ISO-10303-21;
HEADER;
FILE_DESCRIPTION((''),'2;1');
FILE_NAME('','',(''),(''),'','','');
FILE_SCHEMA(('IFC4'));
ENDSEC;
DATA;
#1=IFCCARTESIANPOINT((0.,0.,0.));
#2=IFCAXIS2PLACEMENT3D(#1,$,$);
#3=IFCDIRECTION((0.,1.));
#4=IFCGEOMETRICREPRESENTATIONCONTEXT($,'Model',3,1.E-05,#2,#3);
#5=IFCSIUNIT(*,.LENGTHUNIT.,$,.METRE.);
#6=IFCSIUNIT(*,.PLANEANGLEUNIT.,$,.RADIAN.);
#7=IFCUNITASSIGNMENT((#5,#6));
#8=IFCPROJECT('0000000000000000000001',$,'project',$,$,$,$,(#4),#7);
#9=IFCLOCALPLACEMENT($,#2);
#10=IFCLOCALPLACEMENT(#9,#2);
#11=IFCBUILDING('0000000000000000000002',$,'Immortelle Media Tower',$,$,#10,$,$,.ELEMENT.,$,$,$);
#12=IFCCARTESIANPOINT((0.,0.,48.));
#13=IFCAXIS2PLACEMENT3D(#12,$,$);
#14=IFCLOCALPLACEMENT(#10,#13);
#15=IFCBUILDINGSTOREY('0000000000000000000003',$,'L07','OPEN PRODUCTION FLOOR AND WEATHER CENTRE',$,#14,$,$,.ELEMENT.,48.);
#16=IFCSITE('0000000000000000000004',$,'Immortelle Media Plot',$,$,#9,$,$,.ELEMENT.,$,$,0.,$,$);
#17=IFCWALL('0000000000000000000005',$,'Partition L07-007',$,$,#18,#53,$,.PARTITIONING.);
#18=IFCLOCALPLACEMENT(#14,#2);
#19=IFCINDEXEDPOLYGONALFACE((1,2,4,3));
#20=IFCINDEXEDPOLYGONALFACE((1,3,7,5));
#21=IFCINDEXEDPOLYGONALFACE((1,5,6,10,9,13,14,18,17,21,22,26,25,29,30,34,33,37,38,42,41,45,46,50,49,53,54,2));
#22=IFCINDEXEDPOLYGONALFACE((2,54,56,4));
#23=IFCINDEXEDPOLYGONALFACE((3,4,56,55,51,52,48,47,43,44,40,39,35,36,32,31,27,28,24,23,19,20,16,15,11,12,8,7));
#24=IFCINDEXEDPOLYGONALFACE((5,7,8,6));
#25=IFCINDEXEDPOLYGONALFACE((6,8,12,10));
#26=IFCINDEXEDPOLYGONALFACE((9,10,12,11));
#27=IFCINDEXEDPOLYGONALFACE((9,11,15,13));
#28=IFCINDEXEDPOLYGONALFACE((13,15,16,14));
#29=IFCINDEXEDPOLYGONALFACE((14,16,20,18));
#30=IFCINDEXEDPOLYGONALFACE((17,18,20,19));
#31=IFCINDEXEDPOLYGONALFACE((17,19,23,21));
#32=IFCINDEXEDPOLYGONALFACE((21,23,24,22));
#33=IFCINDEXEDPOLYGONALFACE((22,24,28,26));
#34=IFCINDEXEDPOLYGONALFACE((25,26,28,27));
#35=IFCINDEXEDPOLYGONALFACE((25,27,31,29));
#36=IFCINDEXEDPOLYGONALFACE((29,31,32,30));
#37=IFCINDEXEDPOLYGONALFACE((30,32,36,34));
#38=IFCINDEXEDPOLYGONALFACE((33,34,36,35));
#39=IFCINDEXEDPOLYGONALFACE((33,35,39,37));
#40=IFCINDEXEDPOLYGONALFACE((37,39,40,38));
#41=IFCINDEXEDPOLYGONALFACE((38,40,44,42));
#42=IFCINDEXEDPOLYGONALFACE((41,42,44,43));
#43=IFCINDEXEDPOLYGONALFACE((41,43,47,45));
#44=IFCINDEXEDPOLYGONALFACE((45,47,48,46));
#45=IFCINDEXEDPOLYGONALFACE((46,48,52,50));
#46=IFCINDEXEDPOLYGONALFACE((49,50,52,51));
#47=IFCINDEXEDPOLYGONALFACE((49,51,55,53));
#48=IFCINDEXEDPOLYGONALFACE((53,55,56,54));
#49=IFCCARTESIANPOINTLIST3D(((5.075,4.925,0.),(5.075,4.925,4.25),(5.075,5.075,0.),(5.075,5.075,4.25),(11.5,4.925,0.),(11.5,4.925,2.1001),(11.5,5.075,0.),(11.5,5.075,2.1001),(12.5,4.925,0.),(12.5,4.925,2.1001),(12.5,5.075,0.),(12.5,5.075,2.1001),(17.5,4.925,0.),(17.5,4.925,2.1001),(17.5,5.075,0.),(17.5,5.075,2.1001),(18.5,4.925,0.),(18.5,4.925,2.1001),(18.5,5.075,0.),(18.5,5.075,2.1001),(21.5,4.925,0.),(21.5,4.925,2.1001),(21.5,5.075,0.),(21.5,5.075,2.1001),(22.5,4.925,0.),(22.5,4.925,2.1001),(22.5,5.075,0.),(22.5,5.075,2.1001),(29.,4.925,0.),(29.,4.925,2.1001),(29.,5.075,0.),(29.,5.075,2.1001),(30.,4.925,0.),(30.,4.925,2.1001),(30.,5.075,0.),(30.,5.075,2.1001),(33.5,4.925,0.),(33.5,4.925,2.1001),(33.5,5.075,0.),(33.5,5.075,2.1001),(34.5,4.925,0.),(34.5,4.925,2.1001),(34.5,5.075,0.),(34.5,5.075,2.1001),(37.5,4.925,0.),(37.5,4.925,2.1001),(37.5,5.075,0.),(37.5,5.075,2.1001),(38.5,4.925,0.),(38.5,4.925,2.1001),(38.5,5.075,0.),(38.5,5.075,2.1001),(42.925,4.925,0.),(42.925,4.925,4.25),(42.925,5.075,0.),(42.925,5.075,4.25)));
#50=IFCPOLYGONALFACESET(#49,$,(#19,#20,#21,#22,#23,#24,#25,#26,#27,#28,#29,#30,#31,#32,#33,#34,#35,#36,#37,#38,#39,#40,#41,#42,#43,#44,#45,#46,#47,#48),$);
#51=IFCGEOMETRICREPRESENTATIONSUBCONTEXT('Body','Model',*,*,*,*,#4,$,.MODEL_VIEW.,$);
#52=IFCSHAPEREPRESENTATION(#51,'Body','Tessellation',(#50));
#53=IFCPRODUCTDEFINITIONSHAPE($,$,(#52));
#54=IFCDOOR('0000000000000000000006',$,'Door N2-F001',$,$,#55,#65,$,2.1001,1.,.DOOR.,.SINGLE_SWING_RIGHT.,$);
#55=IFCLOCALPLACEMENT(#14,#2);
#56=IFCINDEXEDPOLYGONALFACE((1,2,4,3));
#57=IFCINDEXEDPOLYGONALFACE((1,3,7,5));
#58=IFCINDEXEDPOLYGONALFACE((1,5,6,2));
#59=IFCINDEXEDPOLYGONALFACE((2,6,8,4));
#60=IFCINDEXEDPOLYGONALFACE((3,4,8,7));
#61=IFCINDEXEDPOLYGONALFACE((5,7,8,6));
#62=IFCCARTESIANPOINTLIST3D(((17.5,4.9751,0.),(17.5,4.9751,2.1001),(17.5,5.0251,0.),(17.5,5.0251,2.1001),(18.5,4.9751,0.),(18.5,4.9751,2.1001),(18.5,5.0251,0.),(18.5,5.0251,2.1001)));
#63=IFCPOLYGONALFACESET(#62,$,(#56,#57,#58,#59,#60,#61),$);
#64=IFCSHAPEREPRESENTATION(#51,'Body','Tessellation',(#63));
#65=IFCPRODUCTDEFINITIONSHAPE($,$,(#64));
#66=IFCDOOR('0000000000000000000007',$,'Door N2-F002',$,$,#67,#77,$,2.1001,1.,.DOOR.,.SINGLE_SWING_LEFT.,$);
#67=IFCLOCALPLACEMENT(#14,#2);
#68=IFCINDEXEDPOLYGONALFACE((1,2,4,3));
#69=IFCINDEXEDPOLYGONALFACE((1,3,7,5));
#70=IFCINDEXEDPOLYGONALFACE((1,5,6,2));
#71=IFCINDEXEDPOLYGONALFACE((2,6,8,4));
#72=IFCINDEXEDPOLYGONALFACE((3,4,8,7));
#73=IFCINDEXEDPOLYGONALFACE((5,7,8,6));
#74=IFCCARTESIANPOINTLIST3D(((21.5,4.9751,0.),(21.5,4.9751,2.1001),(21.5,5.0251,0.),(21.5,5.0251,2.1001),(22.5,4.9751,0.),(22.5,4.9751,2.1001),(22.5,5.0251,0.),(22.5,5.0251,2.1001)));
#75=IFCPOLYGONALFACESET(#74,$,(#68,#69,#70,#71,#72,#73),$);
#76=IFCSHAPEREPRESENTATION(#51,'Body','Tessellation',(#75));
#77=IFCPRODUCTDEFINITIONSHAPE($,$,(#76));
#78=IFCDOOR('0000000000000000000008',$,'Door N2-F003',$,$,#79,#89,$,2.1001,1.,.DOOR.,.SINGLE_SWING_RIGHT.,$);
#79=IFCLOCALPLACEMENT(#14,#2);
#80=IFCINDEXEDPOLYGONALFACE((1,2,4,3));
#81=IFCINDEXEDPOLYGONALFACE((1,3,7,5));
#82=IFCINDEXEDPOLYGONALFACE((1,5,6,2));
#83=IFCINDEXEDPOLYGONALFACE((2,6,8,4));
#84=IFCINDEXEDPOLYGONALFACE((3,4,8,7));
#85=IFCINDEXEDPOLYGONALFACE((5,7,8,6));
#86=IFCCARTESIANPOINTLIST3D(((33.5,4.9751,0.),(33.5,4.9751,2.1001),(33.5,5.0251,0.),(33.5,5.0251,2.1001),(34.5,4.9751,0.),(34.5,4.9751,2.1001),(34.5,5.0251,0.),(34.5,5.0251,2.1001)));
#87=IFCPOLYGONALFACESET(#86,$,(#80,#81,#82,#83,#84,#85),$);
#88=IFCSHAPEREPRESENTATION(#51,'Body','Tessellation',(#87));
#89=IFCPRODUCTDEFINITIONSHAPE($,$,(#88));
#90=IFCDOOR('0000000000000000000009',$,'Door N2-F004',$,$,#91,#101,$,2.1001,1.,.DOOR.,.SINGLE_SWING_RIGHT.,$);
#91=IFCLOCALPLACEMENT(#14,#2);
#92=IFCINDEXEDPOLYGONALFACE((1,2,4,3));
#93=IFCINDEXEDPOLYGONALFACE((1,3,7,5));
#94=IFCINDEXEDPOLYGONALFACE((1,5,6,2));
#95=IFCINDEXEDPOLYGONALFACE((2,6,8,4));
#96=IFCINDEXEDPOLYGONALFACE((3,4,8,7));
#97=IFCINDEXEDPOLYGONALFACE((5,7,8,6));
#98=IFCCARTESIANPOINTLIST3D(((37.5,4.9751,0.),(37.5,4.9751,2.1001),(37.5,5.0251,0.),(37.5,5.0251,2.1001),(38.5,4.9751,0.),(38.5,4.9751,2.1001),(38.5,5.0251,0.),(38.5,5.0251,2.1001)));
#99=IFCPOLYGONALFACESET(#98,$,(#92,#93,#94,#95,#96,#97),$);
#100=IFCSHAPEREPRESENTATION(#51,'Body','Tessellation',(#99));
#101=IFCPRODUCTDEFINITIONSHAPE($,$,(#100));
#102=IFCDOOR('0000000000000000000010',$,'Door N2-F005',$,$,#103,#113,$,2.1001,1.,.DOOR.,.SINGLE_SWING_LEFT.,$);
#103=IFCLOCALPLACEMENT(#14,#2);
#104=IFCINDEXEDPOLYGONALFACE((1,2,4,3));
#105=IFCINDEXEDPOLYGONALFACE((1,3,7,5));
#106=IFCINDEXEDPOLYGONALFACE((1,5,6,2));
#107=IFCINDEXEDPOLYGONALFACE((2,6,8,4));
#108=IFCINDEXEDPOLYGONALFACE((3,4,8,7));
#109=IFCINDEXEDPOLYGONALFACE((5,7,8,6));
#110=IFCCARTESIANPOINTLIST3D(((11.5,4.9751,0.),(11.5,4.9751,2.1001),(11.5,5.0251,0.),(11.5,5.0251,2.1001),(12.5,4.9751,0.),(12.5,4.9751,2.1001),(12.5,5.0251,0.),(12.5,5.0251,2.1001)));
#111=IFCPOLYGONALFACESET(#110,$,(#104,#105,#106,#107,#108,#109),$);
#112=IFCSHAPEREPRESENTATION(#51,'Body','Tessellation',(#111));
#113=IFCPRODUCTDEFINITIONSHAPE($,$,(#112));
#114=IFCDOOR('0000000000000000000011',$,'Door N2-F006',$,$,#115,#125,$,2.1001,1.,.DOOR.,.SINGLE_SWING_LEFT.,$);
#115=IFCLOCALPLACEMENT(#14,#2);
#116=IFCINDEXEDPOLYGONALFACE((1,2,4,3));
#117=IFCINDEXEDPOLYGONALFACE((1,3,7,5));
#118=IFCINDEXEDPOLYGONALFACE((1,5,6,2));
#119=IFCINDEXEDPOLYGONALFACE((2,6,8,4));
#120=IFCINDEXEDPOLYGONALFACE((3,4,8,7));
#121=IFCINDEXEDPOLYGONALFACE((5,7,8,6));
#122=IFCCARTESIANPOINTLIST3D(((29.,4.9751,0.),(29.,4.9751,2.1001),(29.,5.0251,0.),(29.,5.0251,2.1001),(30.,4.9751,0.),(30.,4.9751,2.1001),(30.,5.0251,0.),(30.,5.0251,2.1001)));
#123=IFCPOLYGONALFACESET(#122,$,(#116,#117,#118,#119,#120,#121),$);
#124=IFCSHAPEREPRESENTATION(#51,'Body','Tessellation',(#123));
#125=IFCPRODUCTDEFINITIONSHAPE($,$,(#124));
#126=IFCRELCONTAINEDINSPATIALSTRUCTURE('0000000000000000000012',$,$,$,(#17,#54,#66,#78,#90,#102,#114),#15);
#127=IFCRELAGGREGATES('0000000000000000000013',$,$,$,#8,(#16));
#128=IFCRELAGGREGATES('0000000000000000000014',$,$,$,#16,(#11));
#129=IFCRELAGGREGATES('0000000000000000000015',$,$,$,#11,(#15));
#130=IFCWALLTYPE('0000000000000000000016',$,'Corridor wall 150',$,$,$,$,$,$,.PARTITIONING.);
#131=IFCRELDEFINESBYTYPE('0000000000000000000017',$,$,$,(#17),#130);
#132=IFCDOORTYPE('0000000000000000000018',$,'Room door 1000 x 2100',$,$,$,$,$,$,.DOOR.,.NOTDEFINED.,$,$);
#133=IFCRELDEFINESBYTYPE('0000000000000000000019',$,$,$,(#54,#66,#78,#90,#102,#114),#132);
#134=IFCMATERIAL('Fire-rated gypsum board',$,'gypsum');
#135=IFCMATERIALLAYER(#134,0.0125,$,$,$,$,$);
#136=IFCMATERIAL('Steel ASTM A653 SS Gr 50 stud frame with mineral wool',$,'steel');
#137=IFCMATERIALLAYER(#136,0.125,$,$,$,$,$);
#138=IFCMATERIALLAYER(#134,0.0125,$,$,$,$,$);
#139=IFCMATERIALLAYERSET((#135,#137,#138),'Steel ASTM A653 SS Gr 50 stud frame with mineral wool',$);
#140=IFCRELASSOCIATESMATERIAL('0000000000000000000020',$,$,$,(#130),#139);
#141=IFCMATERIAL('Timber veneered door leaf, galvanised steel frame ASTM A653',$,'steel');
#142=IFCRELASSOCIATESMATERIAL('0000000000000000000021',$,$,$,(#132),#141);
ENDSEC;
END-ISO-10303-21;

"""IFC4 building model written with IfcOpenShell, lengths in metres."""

from ifc_helpers import new_model, si_unit, direction, frame, frame_2d, origin, place, context, subcontext, project, spatial, rectangle, extrude, material, layer, layer_set, type_object, element, fill, save


model = new_model("IFC4")

# Units and contexts
model_context = context("Model", 3, precision=1e-05, world=origin(), true_north=direction((0.0, 1.0)))
body_context = subcontext(model_context, "Body", "Model", "MODEL_VIEW")
ifc_project = project(units=[si_unit("LENGTHUNIT", "METRE"), si_unit("PLANEANGLEUNIT", "RADIAN")], contexts=[model_context])

# Site, building, storey
site_placement = place(None, origin())
site = spatial("IfcSite", under=ifc_project, at=site_placement, Name="Immortelle Media Plot", CompositionType="ELEMENT", RefElevation=0.0)
building_placement = place(site_placement, origin())
building = spatial("IfcBuilding", under=site, at=building_placement, Name="Immortelle Media Tower", CompositionType="ELEMENT")
storey_placement = place(building_placement, frame((0.0, 0.0, 48.0)))
storey = spatial("IfcBuildingStorey", under=building, at=storey_placement, Name="L07", Description="OPEN PRODUCTION FLOOR AND WEATHER CENTRE", CompositionType="ELEMENT", Elevation=48.0)

# Wall, openings, doors
ifc_material_1 = material(Name="Fire-rated gypsum board", Category="gypsum")
ifc_layer_1 = layer(ifc_material_1, 0.0125)
ifc_material_2 = material(Name="Steel ASTM A653 SS Gr 50 stud frame with mineral wool", Category="steel")
ifc_layer_2 = layer(ifc_material_2, 0.125)
ifc_layer_3 = layer(ifc_material_1, 0.0125)
ifc_layer_set_1 = layer_set([ifc_layer_1, ifc_layer_2, ifc_layer_3], Name="Steel ASTM A653 SS Gr 50 stud frame with mineral wool")
wall_type_1 = type_object("IfcWallType", Name="Corridor wall 150", PredefinedType="PARTITIONING", material=ifc_layer_set_1)
wall_1_placement = place(storey_placement, frame((5.075, 5.0, 0.0), z_axis=(0.0, 0.0, 1.0), x_axis=(1.0, 0.0, 0.0)))
wall_1 = element("IfcWall", 1, at=wall_1_placement, inside=storey, type_object=wall_type_1, Name="Partition L07-007", PredefinedType="PARTITIONING", context=body_context, shape_type="SweptSolid", body=[
    extrude(rectangle(XDim=37.8501, YDim=0.1499, at=frame_2d((18.925, 0.0))), origin(), (0.0, 0.0, 1.0), 4.25),
])
opening_1_placement = place(wall_1_placement, frame((13.425, 0.0, 0.0), z_axis=(0.0, 0.0, 1.0), x_axis=(-1.0, 0.0, 0.0)))
opening_1 = element("IfcOpeningElement", 2, at=opening_1_placement, cuts=wall_1, PredefinedType="OPENING", context=body_context, shape_type="SweptSolid", body=[
    extrude(rectangle(XDim=1.0, YDim=2.1001, at=frame_2d((0.5, 1.05))), frame((0.0, 0.085, 0.0), z_axis=(0.0, -1.0, 0.0), x_axis=(1.0, 0.0, 0.0)), (0.0, 0.0, 1.0), 0.1699),
])
opening_2_placement = place(wall_1_placement, frame((17.425, 0.0, 0.0), z_axis=(0.0, 0.0, 1.0), x_axis=(-1.0, 0.0, 0.0)))
opening_2 = element("IfcOpeningElement", 3, at=opening_2_placement, cuts=wall_1, PredefinedType="OPENING", context=body_context, shape_type="SweptSolid", body=[
    extrude(rectangle(XDim=1.0, YDim=2.1001, at=frame_2d((0.5, 1.05))), frame((0.0, 0.085, 0.0), z_axis=(0.0, -1.0, 0.0), x_axis=(1.0, 0.0, 0.0)), (0.0, 0.0, 1.0), 0.1699),
])
opening_3_placement = place(wall_1_placement, frame((29.425, 0.0, 0.0), z_axis=(0.0, 0.0, 1.0), x_axis=(-1.0, 0.0, 0.0)))
opening_3 = element("IfcOpeningElement", 4, at=opening_3_placement, cuts=wall_1, PredefinedType="OPENING", context=body_context, shape_type="SweptSolid", body=[
    extrude(rectangle(XDim=1.0, YDim=2.1001, at=frame_2d((0.5, 1.05))), frame((0.0, 0.085, 0.0), z_axis=(0.0, -1.0, 0.0), x_axis=(1.0, 0.0, 0.0)), (0.0, 0.0, 1.0), 0.1699),
])
opening_4_placement = place(wall_1_placement, frame((33.425, 0.0, 0.0), z_axis=(0.0, 0.0, 1.0), x_axis=(-1.0, 0.0, 0.0)))
opening_4 = element("IfcOpeningElement", 5, at=opening_4_placement, cuts=wall_1, PredefinedType="OPENING", context=body_context, shape_type="SweptSolid", body=[
    extrude(rectangle(XDim=1.0, YDim=2.1001, at=frame_2d((0.5, 1.05))), frame((0.0, 0.085, 0.0), z_axis=(0.0, -1.0, 0.0), x_axis=(1.0, 0.0, 0.0)), (0.0, 0.0, 1.0), 0.1699),
])
opening_5_placement = place(wall_1_placement, frame((7.425, 0.0, 0.0), z_axis=(0.0, 0.0, 1.0), x_axis=(-1.0, 0.0, 0.0)))
opening_5 = element("IfcOpeningElement", 6, at=opening_5_placement, cuts=wall_1, PredefinedType="OPENING", context=body_context, shape_type="SweptSolid", body=[
    extrude(rectangle(XDim=1.0, YDim=2.1001, at=frame_2d((0.5, 1.05))), frame((0.0, 0.085, 0.0), z_axis=(0.0, -1.0, 0.0), x_axis=(1.0, 0.0, 0.0)), (0.0, 0.0, 1.0), 0.1699),
])
opening_6_placement = place(wall_1_placement, frame((24.925, 0.0, 0.0), z_axis=(0.0, 0.0, 1.0), x_axis=(-1.0, 0.0, 0.0)))
opening_6 = element("IfcOpeningElement", 7, at=opening_6_placement, cuts=wall_1, PredefinedType="OPENING", context=body_context, shape_type="SweptSolid", body=[
    extrude(rectangle(XDim=1.0, YDim=2.1001, at=frame_2d((0.5, 1.05))), frame((0.0, 0.085, 0.0), z_axis=(0.0, -1.0, 0.0), x_axis=(1.0, 0.0, 0.0)), (0.0, 0.0, 1.0), 0.1699),
])
ifc_material_3 = material(Name="Timber veneered door leaf, galvanised steel frame ASTM A653", Category="steel")
door_type_1 = type_object("IfcDoorType", Name="Room door 1000 x 2100", OperationType="NOTDEFINED", PredefinedType="DOOR", material=ifc_material_3)
door_1_placement = place(opening_1_placement, origin())
door_1 = element("IfcDoor", 8, at=door_1_placement, inside=storey, type_object=door_type_1, Name="Door N2-F001", OperationType="SINGLE_SWING_RIGHT", OverallHeight=2.1001, OverallWidth=1.0, PredefinedType="DOOR", context=body_context, shape_type="SweptSolid", body=[
    extrude(rectangle(XDim=1.0, YDim=2.1001, at=frame_2d((0.5, 1.05))), frame((0.0, 0.0249, 0.0), z_axis=(0.0, -1.0, 0.0), x_axis=(1.0, 0.0, 0.0)), (0.0, 0.0, 1.0), 0.05),
])
fill(opening_1, door_1)
door_2_placement = place(opening_2_placement, origin())
door_2 = element("IfcDoor", 9, at=door_2_placement, inside=storey, type_object=door_type_1, Name="Door N2-F002", OperationType="SINGLE_SWING_LEFT", OverallHeight=2.1001, OverallWidth=1.0, PredefinedType="DOOR", context=body_context, shape_type="SweptSolid", body=[
    extrude(rectangle(XDim=1.0, YDim=2.1001, at=frame_2d((0.5, 1.05))), frame((0.0, 0.0249, 0.0), z_axis=(0.0, -1.0, 0.0), x_axis=(1.0, 0.0, 0.0)), (0.0, 0.0, 1.0), 0.05),
])
fill(opening_2, door_2)
door_3_placement = place(opening_3_placement, origin())
door_3 = element("IfcDoor", 10, at=door_3_placement, inside=storey, type_object=door_type_1, Name="Door N2-F003", OperationType="SINGLE_SWING_RIGHT", OverallHeight=2.1001, OverallWidth=1.0, PredefinedType="DOOR", context=body_context, shape_type="SweptSolid", body=[
    extrude(rectangle(XDim=1.0, YDim=2.1001, at=frame_2d((0.5, 1.05))), frame((0.0, 0.0249, 0.0), z_axis=(0.0, -1.0, 0.0), x_axis=(1.0, 0.0, 0.0)), (0.0, 0.0, 1.0), 0.05),
])
fill(opening_3, door_3)
door_4_placement = place(opening_4_placement, origin())
door_4 = element("IfcDoor", 11, at=door_4_placement, inside=storey, type_object=door_type_1, Name="Door N2-F004", OperationType="SINGLE_SWING_RIGHT", OverallHeight=2.1001, OverallWidth=1.0, PredefinedType="DOOR", context=body_context, shape_type="SweptSolid", body=[
    extrude(rectangle(XDim=1.0, YDim=2.1001, at=frame_2d((0.5, 1.05))), frame((0.0, 0.0249, 0.0), z_axis=(0.0, -1.0, 0.0), x_axis=(1.0, 0.0, 0.0)), (0.0, 0.0, 1.0), 0.05),
])
fill(opening_4, door_4)
door_5_placement = place(opening_5_placement, origin())
door_5 = element("IfcDoor", 12, at=door_5_placement, inside=storey, type_object=door_type_1, Name="Door N2-F005", OperationType="SINGLE_SWING_LEFT", OverallHeight=2.1001, OverallWidth=1.0, PredefinedType="DOOR", context=body_context, shape_type="SweptSolid", body=[
    extrude(rectangle(XDim=1.0, YDim=2.1001, at=frame_2d((0.5, 1.05))), frame((0.0, 0.0249, 0.0), z_axis=(0.0, -1.0, 0.0), x_axis=(1.0, 0.0, 0.0)), (0.0, 0.0, 1.0), 0.05),
])
fill(opening_5, door_5)
door_6_placement = place(opening_6_placement, origin())
door_6 = element("IfcDoor", 13, at=door_6_placement, inside=storey, type_object=door_type_1, Name="Door N2-F006", OperationType="SINGLE_SWING_LEFT", OverallHeight=2.1001, OverallWidth=1.0, PredefinedType="DOOR", context=body_context, shape_type="SweptSolid", body=[
    extrude(rectangle(XDim=1.0, YDim=2.1001, at=frame_2d((0.5, 1.05))), frame((0.0, 0.0249, 0.0), z_axis=(0.0, -1.0, 0.0), x_axis=(1.0, 0.0, 0.0)), (0.0, 0.0, 1.0), 0.05),
])
fill(opening_6, door_6)

save(model, "model.ifc")
